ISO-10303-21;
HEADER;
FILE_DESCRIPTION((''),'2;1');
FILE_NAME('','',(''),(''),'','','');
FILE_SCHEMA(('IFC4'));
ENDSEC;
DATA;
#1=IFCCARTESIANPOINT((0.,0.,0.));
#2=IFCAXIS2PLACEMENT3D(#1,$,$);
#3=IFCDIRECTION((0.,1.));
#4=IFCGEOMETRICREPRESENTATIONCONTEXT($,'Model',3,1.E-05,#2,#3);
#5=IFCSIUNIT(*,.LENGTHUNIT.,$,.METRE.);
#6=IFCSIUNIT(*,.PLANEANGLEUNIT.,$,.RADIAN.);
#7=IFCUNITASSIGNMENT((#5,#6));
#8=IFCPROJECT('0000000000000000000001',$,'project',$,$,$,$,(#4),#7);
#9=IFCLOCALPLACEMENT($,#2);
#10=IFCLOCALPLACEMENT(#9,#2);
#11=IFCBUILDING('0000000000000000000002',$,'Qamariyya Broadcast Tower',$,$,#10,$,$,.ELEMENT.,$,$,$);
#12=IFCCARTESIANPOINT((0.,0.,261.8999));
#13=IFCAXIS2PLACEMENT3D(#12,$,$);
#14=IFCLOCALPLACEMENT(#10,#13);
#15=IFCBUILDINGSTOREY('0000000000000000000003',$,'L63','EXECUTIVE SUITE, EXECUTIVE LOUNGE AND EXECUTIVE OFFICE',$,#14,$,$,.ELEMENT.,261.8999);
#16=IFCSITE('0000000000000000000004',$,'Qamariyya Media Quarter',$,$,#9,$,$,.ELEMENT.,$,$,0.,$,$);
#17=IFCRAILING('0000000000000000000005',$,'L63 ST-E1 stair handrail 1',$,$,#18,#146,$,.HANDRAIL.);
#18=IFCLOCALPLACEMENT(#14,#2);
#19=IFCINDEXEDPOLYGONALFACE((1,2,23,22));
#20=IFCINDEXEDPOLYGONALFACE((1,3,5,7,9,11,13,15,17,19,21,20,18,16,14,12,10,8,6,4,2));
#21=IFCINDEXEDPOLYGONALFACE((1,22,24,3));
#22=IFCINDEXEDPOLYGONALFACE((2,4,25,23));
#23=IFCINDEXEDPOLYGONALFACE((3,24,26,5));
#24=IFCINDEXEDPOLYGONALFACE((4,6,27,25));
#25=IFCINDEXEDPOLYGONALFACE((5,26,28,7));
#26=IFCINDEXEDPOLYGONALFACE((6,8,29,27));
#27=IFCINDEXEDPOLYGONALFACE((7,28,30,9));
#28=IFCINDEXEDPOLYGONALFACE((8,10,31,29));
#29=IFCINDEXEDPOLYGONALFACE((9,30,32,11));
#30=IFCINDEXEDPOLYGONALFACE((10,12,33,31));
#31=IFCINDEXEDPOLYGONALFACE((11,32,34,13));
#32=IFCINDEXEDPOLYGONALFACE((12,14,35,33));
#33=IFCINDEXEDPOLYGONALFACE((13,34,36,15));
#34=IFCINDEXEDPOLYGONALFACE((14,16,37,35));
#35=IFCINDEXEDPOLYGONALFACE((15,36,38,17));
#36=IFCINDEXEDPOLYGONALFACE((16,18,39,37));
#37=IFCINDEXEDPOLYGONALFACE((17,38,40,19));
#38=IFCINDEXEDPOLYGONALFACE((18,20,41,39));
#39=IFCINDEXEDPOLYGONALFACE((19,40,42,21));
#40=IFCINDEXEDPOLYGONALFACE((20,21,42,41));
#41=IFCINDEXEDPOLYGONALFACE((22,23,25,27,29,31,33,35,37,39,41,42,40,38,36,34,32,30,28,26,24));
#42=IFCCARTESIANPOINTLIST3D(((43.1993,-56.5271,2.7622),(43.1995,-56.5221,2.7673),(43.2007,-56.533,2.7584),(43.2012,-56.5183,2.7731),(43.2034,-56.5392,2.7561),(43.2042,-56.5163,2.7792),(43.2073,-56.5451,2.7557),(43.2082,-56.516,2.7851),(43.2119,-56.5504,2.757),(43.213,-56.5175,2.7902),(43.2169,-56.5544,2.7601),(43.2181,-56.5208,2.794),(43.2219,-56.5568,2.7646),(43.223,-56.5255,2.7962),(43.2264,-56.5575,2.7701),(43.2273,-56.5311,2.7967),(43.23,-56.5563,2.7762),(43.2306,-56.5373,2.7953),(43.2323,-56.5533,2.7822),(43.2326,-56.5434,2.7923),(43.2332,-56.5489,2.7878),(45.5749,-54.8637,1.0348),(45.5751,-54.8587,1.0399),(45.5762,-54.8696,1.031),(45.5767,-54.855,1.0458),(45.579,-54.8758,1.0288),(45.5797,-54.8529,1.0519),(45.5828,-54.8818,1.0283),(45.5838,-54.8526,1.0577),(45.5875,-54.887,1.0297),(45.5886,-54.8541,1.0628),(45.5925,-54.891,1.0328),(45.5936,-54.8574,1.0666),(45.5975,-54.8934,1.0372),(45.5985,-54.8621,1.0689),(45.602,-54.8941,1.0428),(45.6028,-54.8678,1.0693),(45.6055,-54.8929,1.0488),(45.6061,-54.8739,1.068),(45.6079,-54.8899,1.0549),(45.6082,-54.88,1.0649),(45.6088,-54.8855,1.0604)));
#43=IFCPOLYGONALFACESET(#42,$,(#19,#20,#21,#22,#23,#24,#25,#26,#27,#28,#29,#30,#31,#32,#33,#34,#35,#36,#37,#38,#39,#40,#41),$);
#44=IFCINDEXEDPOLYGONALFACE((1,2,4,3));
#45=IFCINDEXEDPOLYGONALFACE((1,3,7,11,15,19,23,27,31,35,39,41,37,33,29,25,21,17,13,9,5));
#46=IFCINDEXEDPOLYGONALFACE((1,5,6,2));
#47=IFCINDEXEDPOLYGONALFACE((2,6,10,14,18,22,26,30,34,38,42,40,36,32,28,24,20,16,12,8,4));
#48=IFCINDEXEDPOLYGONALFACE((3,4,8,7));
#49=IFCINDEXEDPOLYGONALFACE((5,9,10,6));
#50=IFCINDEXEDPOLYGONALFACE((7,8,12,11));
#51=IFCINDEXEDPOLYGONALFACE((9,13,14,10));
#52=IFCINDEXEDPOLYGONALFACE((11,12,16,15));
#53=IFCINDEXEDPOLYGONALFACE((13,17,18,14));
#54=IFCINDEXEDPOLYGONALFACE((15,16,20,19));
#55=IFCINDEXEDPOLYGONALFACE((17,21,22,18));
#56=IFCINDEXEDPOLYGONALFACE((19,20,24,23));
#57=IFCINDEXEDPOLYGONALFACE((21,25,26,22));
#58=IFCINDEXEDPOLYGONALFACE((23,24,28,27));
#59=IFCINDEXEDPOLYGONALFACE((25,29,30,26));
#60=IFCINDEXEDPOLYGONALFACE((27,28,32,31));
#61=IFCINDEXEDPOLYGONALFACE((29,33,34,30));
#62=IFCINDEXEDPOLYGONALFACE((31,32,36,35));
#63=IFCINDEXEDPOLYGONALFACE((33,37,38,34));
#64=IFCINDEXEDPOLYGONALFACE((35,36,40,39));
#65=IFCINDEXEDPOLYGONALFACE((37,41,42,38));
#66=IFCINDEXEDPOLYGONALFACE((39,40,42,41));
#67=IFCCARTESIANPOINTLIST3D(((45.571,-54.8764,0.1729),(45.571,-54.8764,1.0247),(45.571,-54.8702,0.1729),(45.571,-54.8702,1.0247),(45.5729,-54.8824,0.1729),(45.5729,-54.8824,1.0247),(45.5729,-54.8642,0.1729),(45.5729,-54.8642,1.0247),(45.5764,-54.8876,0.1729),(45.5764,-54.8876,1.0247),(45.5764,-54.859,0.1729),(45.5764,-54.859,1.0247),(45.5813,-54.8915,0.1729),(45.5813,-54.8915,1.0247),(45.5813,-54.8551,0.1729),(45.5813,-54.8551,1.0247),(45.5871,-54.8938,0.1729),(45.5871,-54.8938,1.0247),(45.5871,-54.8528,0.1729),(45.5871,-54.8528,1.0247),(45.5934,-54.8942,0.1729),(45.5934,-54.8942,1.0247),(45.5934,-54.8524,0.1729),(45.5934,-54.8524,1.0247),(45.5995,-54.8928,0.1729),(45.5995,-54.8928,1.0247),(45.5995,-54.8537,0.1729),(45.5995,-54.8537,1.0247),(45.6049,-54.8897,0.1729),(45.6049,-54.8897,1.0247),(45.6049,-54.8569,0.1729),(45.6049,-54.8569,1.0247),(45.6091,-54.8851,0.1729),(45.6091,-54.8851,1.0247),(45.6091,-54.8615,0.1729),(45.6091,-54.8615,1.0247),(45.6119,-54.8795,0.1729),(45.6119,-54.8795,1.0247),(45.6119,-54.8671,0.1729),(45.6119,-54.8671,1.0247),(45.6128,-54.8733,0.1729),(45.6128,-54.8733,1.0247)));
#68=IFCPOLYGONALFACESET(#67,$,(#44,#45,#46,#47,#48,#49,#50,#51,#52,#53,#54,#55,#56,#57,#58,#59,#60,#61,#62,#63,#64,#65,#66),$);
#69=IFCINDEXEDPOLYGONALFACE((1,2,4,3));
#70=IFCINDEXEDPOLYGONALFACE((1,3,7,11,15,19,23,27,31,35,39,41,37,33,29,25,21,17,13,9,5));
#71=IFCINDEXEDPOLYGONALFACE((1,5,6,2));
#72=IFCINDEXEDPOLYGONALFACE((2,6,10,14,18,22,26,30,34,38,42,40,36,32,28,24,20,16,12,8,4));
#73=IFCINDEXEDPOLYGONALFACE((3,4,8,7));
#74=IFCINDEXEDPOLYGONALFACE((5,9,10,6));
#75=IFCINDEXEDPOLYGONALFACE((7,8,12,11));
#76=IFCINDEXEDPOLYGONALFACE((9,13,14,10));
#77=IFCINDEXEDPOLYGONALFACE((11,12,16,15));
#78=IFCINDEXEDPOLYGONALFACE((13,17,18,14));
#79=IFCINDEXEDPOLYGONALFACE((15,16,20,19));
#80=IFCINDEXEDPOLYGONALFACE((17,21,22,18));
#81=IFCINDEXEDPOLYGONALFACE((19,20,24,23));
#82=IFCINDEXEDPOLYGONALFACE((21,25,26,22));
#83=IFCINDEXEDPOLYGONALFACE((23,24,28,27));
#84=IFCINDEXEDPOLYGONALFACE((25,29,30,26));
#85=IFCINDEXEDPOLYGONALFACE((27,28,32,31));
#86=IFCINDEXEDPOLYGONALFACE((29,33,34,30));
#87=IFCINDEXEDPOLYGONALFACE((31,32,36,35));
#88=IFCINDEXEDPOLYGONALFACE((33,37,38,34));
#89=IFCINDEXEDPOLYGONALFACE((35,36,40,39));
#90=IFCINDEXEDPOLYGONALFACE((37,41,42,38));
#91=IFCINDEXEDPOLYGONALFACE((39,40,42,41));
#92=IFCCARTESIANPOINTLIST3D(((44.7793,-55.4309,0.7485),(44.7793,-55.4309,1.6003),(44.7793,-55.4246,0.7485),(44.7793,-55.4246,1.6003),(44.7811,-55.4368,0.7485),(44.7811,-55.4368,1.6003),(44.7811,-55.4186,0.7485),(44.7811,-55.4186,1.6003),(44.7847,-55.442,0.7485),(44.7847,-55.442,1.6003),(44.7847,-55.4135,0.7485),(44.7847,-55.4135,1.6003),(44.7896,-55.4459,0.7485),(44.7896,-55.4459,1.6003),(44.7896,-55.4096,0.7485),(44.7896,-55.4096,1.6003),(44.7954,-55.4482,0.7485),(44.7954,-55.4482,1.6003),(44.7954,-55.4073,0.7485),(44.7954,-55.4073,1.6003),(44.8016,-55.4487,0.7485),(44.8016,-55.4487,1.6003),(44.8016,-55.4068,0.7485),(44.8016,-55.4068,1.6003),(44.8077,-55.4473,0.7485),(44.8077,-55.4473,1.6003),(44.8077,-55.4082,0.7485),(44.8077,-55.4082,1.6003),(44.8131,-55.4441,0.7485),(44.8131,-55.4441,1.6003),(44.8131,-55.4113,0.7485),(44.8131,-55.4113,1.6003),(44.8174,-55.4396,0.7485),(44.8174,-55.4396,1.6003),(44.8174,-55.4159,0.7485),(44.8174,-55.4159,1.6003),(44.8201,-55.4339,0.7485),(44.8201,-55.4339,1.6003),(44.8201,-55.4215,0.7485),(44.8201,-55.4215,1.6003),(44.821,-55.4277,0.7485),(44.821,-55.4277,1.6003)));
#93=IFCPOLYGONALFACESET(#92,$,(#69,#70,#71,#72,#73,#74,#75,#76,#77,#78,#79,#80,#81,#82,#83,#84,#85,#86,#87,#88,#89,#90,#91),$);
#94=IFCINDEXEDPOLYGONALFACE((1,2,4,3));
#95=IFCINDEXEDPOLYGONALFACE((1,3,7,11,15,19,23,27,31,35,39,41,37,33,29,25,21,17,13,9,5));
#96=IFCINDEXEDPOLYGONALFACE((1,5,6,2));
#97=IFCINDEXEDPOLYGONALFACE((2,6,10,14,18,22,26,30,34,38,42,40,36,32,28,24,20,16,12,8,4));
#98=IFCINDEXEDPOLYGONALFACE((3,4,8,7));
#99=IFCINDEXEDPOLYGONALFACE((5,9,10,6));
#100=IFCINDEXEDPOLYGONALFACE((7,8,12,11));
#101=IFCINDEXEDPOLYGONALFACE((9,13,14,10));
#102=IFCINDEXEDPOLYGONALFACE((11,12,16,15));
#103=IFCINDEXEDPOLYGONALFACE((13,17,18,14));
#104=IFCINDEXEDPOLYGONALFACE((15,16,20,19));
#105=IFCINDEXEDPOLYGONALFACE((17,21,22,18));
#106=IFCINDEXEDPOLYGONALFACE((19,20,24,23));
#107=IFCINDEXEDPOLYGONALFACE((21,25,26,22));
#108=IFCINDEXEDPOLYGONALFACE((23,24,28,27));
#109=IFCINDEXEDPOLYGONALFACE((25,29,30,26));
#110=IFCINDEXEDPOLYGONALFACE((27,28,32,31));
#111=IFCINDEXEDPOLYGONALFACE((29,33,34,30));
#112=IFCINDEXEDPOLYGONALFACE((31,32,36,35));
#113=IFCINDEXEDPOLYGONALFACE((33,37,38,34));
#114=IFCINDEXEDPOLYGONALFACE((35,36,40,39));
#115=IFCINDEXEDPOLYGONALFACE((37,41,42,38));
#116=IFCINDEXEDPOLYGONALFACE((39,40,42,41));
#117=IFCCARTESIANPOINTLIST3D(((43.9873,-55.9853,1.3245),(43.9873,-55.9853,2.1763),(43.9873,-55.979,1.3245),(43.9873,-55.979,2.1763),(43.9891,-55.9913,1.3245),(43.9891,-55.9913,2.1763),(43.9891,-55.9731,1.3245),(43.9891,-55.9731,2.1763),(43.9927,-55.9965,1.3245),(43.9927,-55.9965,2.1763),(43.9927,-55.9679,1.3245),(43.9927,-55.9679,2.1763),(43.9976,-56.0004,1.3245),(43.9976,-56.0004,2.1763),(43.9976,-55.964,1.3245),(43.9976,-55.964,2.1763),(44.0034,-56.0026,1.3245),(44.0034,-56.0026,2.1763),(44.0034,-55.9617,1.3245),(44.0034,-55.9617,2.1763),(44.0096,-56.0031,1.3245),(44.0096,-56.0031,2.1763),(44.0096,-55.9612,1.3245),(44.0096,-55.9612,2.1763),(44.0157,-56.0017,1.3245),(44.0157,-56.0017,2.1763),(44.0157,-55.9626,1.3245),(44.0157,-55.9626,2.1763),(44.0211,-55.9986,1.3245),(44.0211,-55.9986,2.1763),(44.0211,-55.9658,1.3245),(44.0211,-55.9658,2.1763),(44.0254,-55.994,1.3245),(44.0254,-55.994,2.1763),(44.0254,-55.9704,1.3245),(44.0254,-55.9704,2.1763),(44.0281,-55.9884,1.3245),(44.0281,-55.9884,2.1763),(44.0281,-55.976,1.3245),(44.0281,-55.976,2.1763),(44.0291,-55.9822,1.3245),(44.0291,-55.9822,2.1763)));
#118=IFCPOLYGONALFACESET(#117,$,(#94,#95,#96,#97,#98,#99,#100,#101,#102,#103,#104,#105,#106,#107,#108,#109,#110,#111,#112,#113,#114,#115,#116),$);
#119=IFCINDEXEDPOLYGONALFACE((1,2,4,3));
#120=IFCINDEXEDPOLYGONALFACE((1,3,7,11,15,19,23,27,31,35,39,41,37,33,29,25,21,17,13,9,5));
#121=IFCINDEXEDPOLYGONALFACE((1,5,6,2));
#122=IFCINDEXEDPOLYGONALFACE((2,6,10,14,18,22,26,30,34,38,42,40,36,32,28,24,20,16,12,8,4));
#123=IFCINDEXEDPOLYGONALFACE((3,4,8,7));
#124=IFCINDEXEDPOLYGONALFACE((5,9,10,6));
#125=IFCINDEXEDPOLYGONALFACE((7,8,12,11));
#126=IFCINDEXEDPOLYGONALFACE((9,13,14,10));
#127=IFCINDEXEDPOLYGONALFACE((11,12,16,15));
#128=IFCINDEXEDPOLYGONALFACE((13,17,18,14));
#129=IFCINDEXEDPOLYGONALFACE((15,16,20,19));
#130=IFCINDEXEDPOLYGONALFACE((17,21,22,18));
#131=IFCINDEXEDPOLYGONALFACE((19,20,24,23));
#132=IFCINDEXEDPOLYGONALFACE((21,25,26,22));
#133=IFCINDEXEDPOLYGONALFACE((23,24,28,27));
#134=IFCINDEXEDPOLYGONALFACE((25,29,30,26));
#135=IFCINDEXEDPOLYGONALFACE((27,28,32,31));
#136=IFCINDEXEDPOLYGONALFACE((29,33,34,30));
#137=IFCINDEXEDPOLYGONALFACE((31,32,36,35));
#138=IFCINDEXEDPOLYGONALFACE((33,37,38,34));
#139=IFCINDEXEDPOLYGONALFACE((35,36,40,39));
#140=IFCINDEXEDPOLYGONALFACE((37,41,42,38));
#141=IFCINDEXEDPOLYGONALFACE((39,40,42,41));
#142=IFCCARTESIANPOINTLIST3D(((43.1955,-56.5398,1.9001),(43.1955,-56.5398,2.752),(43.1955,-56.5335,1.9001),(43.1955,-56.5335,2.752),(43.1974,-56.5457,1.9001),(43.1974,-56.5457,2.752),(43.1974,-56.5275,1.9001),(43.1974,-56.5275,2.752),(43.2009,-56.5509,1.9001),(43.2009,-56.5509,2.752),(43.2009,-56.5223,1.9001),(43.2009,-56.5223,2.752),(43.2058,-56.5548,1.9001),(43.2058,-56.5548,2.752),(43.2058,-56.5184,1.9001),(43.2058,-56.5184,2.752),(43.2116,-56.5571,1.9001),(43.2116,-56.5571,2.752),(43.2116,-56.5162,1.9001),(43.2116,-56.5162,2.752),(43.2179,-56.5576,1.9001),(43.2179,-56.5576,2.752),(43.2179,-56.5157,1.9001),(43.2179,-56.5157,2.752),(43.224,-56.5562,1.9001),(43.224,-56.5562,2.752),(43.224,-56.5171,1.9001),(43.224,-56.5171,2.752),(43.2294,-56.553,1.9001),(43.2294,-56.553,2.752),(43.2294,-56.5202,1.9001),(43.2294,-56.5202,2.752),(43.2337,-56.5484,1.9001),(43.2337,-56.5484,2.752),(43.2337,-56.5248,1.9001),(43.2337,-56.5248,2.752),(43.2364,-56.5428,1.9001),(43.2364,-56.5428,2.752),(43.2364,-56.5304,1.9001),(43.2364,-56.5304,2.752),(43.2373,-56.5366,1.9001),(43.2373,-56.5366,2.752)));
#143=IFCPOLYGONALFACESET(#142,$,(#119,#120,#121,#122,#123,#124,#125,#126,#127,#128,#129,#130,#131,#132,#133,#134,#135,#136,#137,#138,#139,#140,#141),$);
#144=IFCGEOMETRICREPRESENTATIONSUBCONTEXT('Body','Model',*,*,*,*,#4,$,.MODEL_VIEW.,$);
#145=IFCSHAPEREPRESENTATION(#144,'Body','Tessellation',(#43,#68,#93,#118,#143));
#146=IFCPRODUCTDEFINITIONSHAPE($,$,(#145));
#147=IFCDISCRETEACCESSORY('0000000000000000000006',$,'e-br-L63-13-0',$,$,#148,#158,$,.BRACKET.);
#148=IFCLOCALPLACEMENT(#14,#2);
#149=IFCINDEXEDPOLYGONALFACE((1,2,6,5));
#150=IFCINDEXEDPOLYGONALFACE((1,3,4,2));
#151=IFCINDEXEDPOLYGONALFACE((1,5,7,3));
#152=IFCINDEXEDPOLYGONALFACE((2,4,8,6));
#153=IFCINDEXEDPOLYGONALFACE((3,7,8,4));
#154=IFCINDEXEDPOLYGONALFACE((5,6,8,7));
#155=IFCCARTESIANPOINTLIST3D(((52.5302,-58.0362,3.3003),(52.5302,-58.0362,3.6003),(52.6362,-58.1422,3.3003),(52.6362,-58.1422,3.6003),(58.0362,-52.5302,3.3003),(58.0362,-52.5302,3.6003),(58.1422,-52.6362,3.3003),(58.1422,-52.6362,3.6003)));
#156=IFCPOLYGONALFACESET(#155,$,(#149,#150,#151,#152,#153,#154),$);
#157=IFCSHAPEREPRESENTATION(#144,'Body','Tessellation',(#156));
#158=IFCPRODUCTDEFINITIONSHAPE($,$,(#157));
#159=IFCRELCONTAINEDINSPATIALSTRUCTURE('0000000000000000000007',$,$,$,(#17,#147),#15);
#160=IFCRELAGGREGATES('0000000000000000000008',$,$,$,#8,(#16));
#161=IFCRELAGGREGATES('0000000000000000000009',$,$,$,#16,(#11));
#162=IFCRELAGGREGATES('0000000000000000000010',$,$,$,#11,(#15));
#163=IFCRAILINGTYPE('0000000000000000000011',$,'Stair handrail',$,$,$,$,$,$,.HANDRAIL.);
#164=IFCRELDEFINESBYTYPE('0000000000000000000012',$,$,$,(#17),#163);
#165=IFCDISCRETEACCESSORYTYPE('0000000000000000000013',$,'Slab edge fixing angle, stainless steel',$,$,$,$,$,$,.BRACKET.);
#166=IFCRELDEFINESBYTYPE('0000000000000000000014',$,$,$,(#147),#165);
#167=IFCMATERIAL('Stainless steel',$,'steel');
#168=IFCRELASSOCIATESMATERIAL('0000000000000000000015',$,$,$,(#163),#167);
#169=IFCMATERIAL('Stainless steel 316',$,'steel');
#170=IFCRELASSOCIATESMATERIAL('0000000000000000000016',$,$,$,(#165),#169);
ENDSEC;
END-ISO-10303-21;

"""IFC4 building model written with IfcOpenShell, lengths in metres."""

from ifc_helpers import new_model, si_unit, direction, frame, origin, origin_2d, place, context, subcontext, project, spatial, rectangle, circle, extrude, material, type_object, element, save


model = new_model("IFC4")

# Units and contexts
model_context = context("Model", 3, precision=1e-05, world=origin(), true_north=direction((0.0, 1.0)))
body_context = subcontext(model_context, "Body", "Model", "MODEL_VIEW")
ifc_project = project(units=[si_unit("LENGTHUNIT", "METRE"), si_unit("PLANEANGLEUNIT", "RADIAN")], contexts=[model_context])

# Site, building, storey
site_placement = place(None, origin())
site = spatial("IfcSite", under=ifc_project, at=site_placement, Name="Qamariyya Media Quarter", CompositionType="ELEMENT", RefElevation=0.0)
building_placement = place(site_placement, origin())
building = spatial("IfcBuilding", under=site, at=building_placement, Name="Qamariyya Broadcast Tower", CompositionType="ELEMENT")
storey_placement = place(building_placement, frame((0.0, 0.0, 261.8999)))
storey = spatial("IfcBuildingStorey", under=building, at=storey_placement, Name="L63", Description="EXECUTIVE SUITE, EXECUTIVE LOUNGE AND EXECUTIVE OFFICE", CompositionType="ELEMENT", Elevation=261.8999)

# Railing
ifc_material_1 = material(Name="Stainless steel", Category="steel")
railing_type = type_object("IfcRailingType", Name="Stair handrail", PredefinedType="HANDRAIL", material=ifc_material_1)
railing_placement = place(storey_placement, frame((45.5918, -54.8733, 0.1729)))
element("IfcRailing", 1, at=railing_placement, inside=storey, type_object=railing_type, Name="L63 ST-E1 stair handrail 1", PredefinedType="HANDRAIL", context=body_context, shape_type="SweptSolid", body=[
    extrude(circle(Radius=0.0239, at=origin_2d()), frame((0.0, 0.0, 0.876), z_axis=(-0.70377, -0.492784, 0.511734), x_axis=(0.573575, -0.819153, 0.0)), (0.0, 0.0, 1.0), 3.3755),
    extrude(circle(Radius=0.021, at=origin_2d()), origin(), (0.0, 0.0, 1.0), 0.8518),
    extrude(circle(Radius=0.021, at=origin_2d()), frame((-0.7917, -0.5544, 0.5757)), (0.0, 0.0, 1.0), 0.8518),
    extrude(circle(Radius=0.021, at=origin_2d()), frame((-1.5837, -1.1089, 1.1516)), (0.0, 0.0, 1.0), 0.8518),
    extrude(circle(Radius=0.021, at=origin_2d()), frame((-2.3755, -1.6633, 1.7273)), (0.0, 0.0, 1.0), 0.8518),
])

# Discrete accessory
ifc_material_2 = material(Name="Stainless steel 316", Category="steel")
discrete_accessory_type = type_object("IfcDiscreteAccessoryType", Name="Slab edge fixing angle, stainless steel", PredefinedType="BRACKET", material=ifc_material_2)
discrete_accessory_placement = place(storey_placement, frame((55.3362, -55.3362, 3.3003), z_axis=(0.0, 0.0, 1.0), x_axis=(0.707107, 0.707107, 0.0)))
element("IfcDiscreteAccessory", 2, at=discrete_accessory_placement, inside=storey, type_object=discrete_accessory_type, Name="e-br-L63-13-0", PredefinedType="BRACKET", context=body_context, shape_type="SweptSolid", body=[
    extrude(rectangle(XDim=7.7866, YDim=0.1499, at=origin_2d()), origin(), (0.0, 0.0, 1.0), 0.3),
])

save(model, "model.ifc")
